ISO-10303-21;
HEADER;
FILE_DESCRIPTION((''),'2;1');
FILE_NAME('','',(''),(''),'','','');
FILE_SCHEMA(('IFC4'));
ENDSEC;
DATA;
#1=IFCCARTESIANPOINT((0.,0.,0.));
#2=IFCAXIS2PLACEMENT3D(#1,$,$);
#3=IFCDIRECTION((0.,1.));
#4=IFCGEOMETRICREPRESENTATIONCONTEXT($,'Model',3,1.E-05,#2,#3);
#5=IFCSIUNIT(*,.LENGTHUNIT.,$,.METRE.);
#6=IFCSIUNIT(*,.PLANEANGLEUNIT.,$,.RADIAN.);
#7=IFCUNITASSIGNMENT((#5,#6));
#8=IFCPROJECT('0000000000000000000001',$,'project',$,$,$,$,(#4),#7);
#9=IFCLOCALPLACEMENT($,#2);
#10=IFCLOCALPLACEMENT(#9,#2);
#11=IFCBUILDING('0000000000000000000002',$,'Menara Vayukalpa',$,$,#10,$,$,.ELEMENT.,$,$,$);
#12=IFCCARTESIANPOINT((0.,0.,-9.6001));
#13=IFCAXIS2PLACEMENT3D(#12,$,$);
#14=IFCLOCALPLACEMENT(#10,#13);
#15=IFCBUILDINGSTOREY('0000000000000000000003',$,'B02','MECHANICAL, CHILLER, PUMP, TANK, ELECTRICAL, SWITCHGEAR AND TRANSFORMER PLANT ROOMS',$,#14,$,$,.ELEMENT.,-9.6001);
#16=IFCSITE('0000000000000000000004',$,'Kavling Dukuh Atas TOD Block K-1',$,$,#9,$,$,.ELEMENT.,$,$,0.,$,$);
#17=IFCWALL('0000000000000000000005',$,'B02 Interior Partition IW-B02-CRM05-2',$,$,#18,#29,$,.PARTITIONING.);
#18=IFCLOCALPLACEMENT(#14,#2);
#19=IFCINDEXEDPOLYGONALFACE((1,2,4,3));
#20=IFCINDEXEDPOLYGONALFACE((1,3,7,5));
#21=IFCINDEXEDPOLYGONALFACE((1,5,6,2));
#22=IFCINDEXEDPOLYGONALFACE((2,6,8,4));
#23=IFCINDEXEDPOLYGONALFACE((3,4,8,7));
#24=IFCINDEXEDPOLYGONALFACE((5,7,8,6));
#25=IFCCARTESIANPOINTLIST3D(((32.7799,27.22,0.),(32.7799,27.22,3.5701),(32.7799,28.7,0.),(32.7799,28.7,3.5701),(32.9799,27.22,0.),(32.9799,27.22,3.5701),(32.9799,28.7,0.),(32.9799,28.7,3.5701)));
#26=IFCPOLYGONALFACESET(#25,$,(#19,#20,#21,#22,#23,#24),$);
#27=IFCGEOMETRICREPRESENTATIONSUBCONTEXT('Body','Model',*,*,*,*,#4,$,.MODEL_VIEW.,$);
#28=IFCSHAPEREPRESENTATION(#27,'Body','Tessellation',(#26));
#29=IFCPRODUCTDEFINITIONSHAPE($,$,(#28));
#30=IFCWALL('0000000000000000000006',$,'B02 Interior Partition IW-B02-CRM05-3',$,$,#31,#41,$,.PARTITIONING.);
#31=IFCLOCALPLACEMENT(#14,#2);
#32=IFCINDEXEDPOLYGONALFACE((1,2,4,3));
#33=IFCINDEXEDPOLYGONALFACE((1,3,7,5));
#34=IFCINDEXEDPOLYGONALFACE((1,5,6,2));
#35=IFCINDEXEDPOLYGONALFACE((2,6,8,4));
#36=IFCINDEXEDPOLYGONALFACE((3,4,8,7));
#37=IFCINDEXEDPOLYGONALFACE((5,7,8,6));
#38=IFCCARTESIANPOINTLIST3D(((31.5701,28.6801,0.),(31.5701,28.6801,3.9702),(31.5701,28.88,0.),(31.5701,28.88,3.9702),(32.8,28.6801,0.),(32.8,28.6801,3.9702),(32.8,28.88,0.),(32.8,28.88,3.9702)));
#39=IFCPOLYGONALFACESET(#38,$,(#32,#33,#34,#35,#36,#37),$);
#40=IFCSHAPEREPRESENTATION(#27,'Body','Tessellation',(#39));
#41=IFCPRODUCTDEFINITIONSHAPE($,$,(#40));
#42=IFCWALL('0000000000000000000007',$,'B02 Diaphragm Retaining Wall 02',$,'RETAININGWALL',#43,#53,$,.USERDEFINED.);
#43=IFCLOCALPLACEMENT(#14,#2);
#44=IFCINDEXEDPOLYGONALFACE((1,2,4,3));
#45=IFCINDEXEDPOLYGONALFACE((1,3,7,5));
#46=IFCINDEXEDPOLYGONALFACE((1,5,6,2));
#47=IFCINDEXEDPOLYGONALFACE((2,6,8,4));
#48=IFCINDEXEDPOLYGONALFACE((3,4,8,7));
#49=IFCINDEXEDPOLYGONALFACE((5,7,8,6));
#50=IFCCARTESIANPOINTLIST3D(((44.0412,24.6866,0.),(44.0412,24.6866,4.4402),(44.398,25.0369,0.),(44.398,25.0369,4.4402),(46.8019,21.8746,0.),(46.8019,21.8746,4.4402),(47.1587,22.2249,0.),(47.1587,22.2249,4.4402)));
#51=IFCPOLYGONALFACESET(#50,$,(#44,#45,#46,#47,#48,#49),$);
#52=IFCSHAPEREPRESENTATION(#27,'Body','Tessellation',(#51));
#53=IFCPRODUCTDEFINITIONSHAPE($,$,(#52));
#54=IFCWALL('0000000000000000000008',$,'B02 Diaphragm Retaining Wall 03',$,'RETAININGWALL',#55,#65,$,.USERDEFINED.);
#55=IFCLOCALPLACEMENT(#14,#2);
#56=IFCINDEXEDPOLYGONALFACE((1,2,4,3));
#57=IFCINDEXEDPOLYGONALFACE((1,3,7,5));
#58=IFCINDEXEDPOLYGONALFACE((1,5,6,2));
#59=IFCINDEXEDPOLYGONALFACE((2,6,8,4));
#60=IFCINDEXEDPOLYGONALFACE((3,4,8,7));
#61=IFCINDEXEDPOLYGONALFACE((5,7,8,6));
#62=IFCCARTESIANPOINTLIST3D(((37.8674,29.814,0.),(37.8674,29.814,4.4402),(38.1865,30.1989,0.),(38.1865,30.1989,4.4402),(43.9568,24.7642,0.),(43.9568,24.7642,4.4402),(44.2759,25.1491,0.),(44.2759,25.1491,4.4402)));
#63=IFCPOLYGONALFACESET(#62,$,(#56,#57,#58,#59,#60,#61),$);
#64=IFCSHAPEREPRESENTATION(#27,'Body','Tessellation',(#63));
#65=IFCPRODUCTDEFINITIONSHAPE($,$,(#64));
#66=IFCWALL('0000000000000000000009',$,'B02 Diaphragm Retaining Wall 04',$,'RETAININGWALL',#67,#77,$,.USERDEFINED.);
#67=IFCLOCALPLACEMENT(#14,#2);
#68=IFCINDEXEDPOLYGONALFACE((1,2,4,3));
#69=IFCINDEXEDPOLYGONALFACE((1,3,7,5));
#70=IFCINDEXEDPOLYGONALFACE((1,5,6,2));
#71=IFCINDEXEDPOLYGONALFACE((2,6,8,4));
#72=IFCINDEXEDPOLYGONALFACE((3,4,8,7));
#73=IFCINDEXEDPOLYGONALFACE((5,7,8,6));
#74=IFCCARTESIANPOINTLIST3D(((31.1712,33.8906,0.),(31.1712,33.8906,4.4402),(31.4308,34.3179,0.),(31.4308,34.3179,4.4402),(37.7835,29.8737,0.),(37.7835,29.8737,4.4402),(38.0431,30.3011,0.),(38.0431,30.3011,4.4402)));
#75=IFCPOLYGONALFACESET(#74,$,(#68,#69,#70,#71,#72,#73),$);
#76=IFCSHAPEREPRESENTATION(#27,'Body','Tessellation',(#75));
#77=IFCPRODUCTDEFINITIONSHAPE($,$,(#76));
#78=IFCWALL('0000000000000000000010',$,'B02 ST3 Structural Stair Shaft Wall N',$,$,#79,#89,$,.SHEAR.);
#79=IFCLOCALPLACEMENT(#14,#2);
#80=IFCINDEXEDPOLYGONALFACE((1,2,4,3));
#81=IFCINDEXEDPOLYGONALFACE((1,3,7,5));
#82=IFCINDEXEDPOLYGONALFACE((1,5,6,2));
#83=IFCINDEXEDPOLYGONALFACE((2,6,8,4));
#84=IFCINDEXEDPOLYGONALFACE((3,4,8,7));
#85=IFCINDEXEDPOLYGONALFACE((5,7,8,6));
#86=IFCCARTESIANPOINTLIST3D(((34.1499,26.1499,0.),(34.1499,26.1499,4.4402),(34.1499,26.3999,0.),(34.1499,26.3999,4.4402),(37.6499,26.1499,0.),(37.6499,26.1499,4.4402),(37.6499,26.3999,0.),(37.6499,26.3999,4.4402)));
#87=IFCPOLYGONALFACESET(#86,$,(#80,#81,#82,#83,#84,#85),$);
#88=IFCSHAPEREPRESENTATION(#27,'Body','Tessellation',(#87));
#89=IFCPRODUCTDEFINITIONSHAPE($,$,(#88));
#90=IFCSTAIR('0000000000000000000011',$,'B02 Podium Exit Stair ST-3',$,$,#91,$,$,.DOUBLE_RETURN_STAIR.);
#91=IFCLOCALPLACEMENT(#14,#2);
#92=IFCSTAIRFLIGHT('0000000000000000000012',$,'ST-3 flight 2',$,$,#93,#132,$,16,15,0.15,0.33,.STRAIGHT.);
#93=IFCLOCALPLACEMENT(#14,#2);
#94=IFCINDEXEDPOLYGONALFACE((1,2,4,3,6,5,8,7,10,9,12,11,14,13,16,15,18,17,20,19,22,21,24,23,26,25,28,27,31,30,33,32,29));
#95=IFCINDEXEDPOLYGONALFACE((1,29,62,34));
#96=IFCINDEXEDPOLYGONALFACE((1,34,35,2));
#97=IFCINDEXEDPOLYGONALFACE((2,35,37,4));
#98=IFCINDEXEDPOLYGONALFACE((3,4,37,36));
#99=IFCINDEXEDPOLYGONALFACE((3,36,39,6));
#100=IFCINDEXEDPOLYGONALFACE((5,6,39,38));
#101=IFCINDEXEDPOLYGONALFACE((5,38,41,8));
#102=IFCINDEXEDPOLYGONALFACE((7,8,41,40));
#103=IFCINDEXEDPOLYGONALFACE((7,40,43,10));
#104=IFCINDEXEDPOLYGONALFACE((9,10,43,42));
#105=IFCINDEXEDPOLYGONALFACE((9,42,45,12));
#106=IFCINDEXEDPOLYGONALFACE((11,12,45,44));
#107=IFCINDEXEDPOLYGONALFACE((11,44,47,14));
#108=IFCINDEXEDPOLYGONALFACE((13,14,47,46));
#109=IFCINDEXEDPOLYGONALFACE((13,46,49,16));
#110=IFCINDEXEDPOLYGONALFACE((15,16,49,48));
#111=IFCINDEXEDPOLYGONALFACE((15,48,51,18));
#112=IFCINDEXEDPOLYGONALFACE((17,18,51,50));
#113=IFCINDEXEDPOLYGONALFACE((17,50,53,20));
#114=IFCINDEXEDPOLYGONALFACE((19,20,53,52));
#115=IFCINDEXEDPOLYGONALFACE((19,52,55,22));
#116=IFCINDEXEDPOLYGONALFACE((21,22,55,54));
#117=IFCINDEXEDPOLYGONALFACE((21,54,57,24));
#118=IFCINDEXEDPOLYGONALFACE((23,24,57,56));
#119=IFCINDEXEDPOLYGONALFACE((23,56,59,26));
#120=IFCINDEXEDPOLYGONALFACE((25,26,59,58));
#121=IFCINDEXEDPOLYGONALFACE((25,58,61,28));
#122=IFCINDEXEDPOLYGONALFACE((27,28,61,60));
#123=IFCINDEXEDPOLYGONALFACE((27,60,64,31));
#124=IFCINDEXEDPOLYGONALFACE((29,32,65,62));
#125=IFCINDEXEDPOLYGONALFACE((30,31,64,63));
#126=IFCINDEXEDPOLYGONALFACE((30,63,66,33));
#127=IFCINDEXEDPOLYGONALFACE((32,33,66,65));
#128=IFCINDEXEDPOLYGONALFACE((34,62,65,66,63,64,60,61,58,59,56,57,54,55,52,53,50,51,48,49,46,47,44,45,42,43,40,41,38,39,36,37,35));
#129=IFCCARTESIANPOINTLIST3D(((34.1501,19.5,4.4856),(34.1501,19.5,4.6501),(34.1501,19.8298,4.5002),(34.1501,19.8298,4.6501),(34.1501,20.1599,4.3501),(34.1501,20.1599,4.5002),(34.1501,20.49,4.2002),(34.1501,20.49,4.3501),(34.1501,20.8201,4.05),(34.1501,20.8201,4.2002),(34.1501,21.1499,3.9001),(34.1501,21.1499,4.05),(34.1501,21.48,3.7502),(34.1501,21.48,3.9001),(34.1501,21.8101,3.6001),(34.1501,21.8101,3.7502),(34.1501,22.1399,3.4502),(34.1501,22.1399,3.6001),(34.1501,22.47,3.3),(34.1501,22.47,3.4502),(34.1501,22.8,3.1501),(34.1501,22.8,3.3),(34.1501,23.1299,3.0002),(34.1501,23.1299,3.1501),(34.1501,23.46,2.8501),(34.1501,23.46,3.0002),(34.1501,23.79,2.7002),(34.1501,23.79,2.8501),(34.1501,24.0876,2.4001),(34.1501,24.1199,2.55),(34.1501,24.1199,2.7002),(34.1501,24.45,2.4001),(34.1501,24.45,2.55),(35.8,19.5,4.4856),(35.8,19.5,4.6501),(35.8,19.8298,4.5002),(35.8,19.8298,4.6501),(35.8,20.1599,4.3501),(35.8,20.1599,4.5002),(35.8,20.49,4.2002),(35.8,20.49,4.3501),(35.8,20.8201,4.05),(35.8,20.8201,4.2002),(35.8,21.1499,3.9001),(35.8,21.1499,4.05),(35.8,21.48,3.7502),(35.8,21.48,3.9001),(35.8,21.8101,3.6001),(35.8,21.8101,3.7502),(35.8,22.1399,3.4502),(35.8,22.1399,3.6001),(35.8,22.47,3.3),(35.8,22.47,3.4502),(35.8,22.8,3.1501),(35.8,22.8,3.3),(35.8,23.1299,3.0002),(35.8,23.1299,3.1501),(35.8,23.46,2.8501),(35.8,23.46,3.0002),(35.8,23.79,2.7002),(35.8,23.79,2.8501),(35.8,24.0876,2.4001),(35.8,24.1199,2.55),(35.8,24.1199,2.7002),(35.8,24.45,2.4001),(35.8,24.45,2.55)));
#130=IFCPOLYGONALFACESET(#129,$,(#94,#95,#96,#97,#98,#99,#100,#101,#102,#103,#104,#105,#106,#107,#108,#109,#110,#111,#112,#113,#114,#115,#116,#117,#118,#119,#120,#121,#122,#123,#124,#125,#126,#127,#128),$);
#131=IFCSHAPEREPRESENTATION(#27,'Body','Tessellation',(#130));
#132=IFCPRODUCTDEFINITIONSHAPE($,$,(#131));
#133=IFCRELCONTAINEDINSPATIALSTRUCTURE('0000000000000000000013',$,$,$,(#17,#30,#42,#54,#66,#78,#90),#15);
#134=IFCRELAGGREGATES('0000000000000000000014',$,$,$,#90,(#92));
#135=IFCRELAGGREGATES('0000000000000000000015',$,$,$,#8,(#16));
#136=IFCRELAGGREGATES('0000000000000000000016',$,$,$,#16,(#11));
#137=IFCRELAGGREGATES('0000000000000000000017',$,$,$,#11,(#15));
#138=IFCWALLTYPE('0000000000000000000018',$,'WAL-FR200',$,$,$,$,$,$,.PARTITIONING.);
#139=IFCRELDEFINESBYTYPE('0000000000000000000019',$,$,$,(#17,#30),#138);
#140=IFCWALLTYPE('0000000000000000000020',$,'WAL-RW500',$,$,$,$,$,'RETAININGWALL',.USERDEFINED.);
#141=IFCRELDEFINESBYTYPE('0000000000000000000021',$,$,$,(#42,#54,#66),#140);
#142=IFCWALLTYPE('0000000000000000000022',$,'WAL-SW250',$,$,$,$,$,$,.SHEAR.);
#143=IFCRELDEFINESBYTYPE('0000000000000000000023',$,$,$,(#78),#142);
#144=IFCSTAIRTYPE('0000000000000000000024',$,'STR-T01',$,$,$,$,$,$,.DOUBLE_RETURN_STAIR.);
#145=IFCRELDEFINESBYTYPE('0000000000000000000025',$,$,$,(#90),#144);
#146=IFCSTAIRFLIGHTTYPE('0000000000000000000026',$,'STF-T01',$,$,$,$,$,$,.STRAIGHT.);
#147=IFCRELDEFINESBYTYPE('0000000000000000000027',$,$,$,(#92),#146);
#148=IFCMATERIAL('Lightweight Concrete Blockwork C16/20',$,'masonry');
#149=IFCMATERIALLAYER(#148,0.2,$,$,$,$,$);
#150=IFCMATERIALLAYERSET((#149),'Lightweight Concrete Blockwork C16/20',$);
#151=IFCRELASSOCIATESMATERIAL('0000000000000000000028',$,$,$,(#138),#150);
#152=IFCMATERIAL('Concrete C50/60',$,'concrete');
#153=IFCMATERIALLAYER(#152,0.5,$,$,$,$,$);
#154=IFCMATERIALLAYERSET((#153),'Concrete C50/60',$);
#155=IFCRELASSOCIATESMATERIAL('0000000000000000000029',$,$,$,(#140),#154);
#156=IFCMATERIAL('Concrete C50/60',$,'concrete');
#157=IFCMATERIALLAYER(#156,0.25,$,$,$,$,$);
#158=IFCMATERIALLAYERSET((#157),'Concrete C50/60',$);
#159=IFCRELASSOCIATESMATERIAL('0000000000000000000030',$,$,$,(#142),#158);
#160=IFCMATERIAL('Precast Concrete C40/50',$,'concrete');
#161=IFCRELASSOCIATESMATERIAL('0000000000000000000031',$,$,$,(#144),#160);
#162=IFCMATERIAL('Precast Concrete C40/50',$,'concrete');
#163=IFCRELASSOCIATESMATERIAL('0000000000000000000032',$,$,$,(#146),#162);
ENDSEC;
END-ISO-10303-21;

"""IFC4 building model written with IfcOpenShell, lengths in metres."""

from ifc_helpers import new_model, si_unit, direction, frame, frame_2d, origin, place, context, subcontext, project, spatial, polyline, rectangle, outline, extrude, material, layer, layer_set, type_object, element, aggregate, save


model = new_model("IFC4")

# Units and contexts
model_context = context("Model", 3, precision=1e-05, world=origin(), true_north=direction((0.0, 1.0)))
body_context = subcontext(model_context, "Body", "Model", "MODEL_VIEW")
ifc_project = project(units=[si_unit("LENGTHUNIT", "METRE"), si_unit("PLANEANGLEUNIT", "RADIAN")], contexts=[model_context])

# Site, building, storey
site_placement = place(None, origin())
site = spatial("IfcSite", under=ifc_project, at=site_placement, Name="Kavling Dukuh Atas TOD Block K-1", CompositionType="ELEMENT", RefElevation=0.0)
building_placement = place(site_placement, origin())
building = spatial("IfcBuilding", under=site, at=building_placement, Name="Menara Vayukalpa", CompositionType="ELEMENT")
storey_placement = place(building_placement, frame((0.0, 0.0, -9.6001)))
storey = spatial("IfcBuildingStorey", under=building, at=storey_placement, Name="B02", Description="MECHANICAL, CHILLER, PUMP, TANK, ELECTRICAL, SWITCHGEAR AND TRANSFORMER PLANT ROOMS", CompositionType="ELEMENT", Elevation=-9.6001)

# Walls
ifc_material_1 = material(Name="Lightweight Concrete Blockwork C16/20", Category="masonry")
ifc_layer_1 = layer(ifc_material_1, 0.2)
ifc_layer_set_1 = layer_set([ifc_layer_1], Name="Lightweight Concrete Blockwork C16/20")
wall_type_1 = type_object("IfcWallType", Name="WAL-FR200", PredefinedType="PARTITIONING", material=ifc_layer_set_1)
wall_1_placement = place(storey_placement, frame((32.8799, 27.22, 0.0), z_axis=(0.0, 0.0, 1.0), x_axis=(0.0, 1.0, 0.0)))
element("IfcWall", 1, at=wall_1_placement, inside=storey, type_object=wall_type_1, Name="B02 Interior Partition IW-B02-CRM05-2", PredefinedType="PARTITIONING", context=body_context, shape_type="SweptSolid", body=[
    extrude(rectangle(XDim=1.48, YDim=0.2, at=frame_2d((0.74, 0.0))), origin(), (0.0, 0.0, 1.0), 3.5701),
])
wall_2_placement = place(storey_placement, frame((32.8, 28.78, 0.0), z_axis=(0.0, 0.0, 1.0), x_axis=(-1.0, 0.0, 0.0)))
element("IfcWall", 2, at=wall_2_placement, inside=storey, type_object=wall_type_1, Name="B02 Interior Partition IW-B02-CRM05-3", PredefinedType="PARTITIONING", context=body_context, shape_type="SweptSolid", body=[
    extrude(rectangle(XDim=1.23, YDim=0.2, at=frame_2d((0.615, 0.0))), origin(), (0.0, 0.0, 1.0), 3.9702),
])
ifc_material_2 = material(Name="Concrete C50/60", Category="concrete")
ifc_layer_2 = layer(ifc_material_2, 0.5)
ifc_layer_set_2 = layer_set([ifc_layer_2], Name="Concrete C50/60")
wall_type_2 = type_object("IfcWallType", Name="WAL-RW500", ElementType="RETAININGWALL", PredefinedType="USERDEFINED", material=ifc_layer_set_2)
wall_3_placement = place(storey_placement, frame((46.9802, 22.0498, 0.0), z_axis=(0.0, 0.0, 1.0), x_axis=(-0.700572, 0.713582, 0.0)))
element("IfcWall", 3, at=wall_3_placement, inside=storey, type_object=wall_type_2, Name="B02 Diaphragm Retaining Wall 02", ObjectType="RETAININGWALL", PredefinedType="USERDEFINED", context=body_context, shape_type="SweptSolid", body=[
    extrude(rectangle(XDim=3.9407, YDim=0.5, at=frame_2d((1.9702, 0.0))), origin(), (0.0, 0.0, 1.0), 4.4402),
])
wall_4_placement = place(storey_placement, frame((44.1165, 24.9565, 0.0), z_axis=(0.0, 0.0, 1.0), x_axis=(-0.769752, 0.638343, 0.0)))
element("IfcWall", 4, at=wall_4_placement, inside=storey, type_object=wall_type_2, Name="B02 Diaphragm Retaining Wall 03", ObjectType="RETAININGWALL", PredefinedType="USERDEFINED", context=body_context, shape_type="SweptSolid", body=[
    extrude(rectangle(XDim=7.9109, YDim=0.5, at=frame_2d((3.9556, 0.0))), origin(), (0.0, 0.0, 1.0), 4.4402),
])
wall_5_placement = place(storey_placement, frame((37.9133, 30.0874, 0.0), z_axis=(0.0, 0.0, 1.0), x_axis=(-0.85466, 0.519189, 0.0)))
element("IfcWall", 5, at=wall_5_placement, inside=storey, type_object=wall_type_2, Name="B02 Diaphragm Retaining Wall 04", ObjectType="RETAININGWALL", PredefinedType="USERDEFINED", context=body_context, shape_type="SweptSolid", body=[
    extrude(rectangle(XDim=7.7368, YDim=0.5, at=frame_2d((3.8684, 0.0))), origin(), (0.0, 0.0, 1.0), 4.4402),
])
ifc_material_3 = material(Name="Concrete C50/60", Category="concrete")
ifc_layer_3 = layer(ifc_material_3, 0.25)
ifc_layer_set_3 = layer_set([ifc_layer_3], Name="Concrete C50/60")
wall_type_3 = type_object("IfcWallType", Name="WAL-SW250", PredefinedType="SHEAR", material=ifc_layer_set_3)
wall_6_placement = place(storey_placement, frame((34.1499, 26.2749, 0.0), z_axis=(0.0, 0.0, 1.0), x_axis=(1.0, 0.0, 0.0)))
element("IfcWall", 6, at=wall_6_placement, inside=storey, type_object=wall_type_3, Name="B02 ST3 Structural Stair Shaft Wall N", PredefinedType="SHEAR", context=body_context, shape_type="SweptSolid", body=[
    extrude(rectangle(XDim=3.5, YDim=0.25, at=frame_2d((1.75, 0.0))), origin(), (0.0, 0.0, 1.0), 4.4402),
])

# Stair, stair flight
ifc_material_4 = material(Name="Precast Concrete C40/50", Category="concrete")
stair_type = type_object("IfcStairType", Name="STR-T01", PredefinedType="DOUBLE_RETURN_STAIR", material=ifc_material_4)
stair_placement = place(storey_placement, origin())
stair = element("IfcStair", 7, at=stair_placement, inside=storey, type_object=stair_type, Name="B02 Podium Exit Stair ST-3", PredefinedType="DOUBLE_RETURN_STAIR")
ifc_material_5 = material(Name="Precast Concrete C40/50", Category="concrete")
stair_flight_type = type_object("IfcStairFlightType", Name="STF-T01", PredefinedType="STRAIGHT", material=ifc_material_5)
stair_flight_placement = place(storey_placement, frame((34.9751, 24.45, 2.4001), z_axis=(0.0, 0.0, 1.0), x_axis=(0.0, -1.0, 0.0)))
stair_flight = element("IfcStairFlight", 8, at=stair_flight_placement, type_object=stair_flight_type, Name="ST-3 flight 2", NumberOfRisers=16, NumberOfTreads=15, PredefinedType="STRAIGHT", RiserHeight=0.15, TreadLength=0.33, context=body_context, shape_type="SweptSolid", body=[
    extrude(outline(polyline([(0.0, 0.0), (0.0, 0.1499), (0.3301, 0.1499), (0.3301, 0.3), (0.6599, 0.3), (0.6599, 0.45), (0.99, 0.45), (0.99, 0.6001), (1.3201, 0.6001), (1.3201, 0.75), (1.6499, 0.75), (1.6499, 0.8999), (1.98, 0.8999), (1.98, 1.05), (2.3101, 1.05), (2.3101, 1.2), (2.6399, 1.2), (2.6399, 1.3501), (2.97, 1.3501), (2.97, 1.5), (3.3, 1.5), (3.3, 1.6499), (3.6299, 1.6499), (3.6299, 1.8), (3.96, 1.8), (3.96, 1.95), (4.29, 1.95), (4.29, 2.1001), (4.6201, 2.1001), (4.6201, 2.25), (4.95, 2.25), (4.95, 2.3999), (4.95, 2.0854), (0.3623, 0.0), (0.0, 0.0)])), frame((0.0, 0.825, 0.0), z_axis=(0.0, -1.0, 0.0), x_axis=(1.0, 0.0, 0.0)), (0.0, 0.0, 1.0), 1.6499),
])
aggregate(stair, [stair_flight])

save(model, "model.ifc")
